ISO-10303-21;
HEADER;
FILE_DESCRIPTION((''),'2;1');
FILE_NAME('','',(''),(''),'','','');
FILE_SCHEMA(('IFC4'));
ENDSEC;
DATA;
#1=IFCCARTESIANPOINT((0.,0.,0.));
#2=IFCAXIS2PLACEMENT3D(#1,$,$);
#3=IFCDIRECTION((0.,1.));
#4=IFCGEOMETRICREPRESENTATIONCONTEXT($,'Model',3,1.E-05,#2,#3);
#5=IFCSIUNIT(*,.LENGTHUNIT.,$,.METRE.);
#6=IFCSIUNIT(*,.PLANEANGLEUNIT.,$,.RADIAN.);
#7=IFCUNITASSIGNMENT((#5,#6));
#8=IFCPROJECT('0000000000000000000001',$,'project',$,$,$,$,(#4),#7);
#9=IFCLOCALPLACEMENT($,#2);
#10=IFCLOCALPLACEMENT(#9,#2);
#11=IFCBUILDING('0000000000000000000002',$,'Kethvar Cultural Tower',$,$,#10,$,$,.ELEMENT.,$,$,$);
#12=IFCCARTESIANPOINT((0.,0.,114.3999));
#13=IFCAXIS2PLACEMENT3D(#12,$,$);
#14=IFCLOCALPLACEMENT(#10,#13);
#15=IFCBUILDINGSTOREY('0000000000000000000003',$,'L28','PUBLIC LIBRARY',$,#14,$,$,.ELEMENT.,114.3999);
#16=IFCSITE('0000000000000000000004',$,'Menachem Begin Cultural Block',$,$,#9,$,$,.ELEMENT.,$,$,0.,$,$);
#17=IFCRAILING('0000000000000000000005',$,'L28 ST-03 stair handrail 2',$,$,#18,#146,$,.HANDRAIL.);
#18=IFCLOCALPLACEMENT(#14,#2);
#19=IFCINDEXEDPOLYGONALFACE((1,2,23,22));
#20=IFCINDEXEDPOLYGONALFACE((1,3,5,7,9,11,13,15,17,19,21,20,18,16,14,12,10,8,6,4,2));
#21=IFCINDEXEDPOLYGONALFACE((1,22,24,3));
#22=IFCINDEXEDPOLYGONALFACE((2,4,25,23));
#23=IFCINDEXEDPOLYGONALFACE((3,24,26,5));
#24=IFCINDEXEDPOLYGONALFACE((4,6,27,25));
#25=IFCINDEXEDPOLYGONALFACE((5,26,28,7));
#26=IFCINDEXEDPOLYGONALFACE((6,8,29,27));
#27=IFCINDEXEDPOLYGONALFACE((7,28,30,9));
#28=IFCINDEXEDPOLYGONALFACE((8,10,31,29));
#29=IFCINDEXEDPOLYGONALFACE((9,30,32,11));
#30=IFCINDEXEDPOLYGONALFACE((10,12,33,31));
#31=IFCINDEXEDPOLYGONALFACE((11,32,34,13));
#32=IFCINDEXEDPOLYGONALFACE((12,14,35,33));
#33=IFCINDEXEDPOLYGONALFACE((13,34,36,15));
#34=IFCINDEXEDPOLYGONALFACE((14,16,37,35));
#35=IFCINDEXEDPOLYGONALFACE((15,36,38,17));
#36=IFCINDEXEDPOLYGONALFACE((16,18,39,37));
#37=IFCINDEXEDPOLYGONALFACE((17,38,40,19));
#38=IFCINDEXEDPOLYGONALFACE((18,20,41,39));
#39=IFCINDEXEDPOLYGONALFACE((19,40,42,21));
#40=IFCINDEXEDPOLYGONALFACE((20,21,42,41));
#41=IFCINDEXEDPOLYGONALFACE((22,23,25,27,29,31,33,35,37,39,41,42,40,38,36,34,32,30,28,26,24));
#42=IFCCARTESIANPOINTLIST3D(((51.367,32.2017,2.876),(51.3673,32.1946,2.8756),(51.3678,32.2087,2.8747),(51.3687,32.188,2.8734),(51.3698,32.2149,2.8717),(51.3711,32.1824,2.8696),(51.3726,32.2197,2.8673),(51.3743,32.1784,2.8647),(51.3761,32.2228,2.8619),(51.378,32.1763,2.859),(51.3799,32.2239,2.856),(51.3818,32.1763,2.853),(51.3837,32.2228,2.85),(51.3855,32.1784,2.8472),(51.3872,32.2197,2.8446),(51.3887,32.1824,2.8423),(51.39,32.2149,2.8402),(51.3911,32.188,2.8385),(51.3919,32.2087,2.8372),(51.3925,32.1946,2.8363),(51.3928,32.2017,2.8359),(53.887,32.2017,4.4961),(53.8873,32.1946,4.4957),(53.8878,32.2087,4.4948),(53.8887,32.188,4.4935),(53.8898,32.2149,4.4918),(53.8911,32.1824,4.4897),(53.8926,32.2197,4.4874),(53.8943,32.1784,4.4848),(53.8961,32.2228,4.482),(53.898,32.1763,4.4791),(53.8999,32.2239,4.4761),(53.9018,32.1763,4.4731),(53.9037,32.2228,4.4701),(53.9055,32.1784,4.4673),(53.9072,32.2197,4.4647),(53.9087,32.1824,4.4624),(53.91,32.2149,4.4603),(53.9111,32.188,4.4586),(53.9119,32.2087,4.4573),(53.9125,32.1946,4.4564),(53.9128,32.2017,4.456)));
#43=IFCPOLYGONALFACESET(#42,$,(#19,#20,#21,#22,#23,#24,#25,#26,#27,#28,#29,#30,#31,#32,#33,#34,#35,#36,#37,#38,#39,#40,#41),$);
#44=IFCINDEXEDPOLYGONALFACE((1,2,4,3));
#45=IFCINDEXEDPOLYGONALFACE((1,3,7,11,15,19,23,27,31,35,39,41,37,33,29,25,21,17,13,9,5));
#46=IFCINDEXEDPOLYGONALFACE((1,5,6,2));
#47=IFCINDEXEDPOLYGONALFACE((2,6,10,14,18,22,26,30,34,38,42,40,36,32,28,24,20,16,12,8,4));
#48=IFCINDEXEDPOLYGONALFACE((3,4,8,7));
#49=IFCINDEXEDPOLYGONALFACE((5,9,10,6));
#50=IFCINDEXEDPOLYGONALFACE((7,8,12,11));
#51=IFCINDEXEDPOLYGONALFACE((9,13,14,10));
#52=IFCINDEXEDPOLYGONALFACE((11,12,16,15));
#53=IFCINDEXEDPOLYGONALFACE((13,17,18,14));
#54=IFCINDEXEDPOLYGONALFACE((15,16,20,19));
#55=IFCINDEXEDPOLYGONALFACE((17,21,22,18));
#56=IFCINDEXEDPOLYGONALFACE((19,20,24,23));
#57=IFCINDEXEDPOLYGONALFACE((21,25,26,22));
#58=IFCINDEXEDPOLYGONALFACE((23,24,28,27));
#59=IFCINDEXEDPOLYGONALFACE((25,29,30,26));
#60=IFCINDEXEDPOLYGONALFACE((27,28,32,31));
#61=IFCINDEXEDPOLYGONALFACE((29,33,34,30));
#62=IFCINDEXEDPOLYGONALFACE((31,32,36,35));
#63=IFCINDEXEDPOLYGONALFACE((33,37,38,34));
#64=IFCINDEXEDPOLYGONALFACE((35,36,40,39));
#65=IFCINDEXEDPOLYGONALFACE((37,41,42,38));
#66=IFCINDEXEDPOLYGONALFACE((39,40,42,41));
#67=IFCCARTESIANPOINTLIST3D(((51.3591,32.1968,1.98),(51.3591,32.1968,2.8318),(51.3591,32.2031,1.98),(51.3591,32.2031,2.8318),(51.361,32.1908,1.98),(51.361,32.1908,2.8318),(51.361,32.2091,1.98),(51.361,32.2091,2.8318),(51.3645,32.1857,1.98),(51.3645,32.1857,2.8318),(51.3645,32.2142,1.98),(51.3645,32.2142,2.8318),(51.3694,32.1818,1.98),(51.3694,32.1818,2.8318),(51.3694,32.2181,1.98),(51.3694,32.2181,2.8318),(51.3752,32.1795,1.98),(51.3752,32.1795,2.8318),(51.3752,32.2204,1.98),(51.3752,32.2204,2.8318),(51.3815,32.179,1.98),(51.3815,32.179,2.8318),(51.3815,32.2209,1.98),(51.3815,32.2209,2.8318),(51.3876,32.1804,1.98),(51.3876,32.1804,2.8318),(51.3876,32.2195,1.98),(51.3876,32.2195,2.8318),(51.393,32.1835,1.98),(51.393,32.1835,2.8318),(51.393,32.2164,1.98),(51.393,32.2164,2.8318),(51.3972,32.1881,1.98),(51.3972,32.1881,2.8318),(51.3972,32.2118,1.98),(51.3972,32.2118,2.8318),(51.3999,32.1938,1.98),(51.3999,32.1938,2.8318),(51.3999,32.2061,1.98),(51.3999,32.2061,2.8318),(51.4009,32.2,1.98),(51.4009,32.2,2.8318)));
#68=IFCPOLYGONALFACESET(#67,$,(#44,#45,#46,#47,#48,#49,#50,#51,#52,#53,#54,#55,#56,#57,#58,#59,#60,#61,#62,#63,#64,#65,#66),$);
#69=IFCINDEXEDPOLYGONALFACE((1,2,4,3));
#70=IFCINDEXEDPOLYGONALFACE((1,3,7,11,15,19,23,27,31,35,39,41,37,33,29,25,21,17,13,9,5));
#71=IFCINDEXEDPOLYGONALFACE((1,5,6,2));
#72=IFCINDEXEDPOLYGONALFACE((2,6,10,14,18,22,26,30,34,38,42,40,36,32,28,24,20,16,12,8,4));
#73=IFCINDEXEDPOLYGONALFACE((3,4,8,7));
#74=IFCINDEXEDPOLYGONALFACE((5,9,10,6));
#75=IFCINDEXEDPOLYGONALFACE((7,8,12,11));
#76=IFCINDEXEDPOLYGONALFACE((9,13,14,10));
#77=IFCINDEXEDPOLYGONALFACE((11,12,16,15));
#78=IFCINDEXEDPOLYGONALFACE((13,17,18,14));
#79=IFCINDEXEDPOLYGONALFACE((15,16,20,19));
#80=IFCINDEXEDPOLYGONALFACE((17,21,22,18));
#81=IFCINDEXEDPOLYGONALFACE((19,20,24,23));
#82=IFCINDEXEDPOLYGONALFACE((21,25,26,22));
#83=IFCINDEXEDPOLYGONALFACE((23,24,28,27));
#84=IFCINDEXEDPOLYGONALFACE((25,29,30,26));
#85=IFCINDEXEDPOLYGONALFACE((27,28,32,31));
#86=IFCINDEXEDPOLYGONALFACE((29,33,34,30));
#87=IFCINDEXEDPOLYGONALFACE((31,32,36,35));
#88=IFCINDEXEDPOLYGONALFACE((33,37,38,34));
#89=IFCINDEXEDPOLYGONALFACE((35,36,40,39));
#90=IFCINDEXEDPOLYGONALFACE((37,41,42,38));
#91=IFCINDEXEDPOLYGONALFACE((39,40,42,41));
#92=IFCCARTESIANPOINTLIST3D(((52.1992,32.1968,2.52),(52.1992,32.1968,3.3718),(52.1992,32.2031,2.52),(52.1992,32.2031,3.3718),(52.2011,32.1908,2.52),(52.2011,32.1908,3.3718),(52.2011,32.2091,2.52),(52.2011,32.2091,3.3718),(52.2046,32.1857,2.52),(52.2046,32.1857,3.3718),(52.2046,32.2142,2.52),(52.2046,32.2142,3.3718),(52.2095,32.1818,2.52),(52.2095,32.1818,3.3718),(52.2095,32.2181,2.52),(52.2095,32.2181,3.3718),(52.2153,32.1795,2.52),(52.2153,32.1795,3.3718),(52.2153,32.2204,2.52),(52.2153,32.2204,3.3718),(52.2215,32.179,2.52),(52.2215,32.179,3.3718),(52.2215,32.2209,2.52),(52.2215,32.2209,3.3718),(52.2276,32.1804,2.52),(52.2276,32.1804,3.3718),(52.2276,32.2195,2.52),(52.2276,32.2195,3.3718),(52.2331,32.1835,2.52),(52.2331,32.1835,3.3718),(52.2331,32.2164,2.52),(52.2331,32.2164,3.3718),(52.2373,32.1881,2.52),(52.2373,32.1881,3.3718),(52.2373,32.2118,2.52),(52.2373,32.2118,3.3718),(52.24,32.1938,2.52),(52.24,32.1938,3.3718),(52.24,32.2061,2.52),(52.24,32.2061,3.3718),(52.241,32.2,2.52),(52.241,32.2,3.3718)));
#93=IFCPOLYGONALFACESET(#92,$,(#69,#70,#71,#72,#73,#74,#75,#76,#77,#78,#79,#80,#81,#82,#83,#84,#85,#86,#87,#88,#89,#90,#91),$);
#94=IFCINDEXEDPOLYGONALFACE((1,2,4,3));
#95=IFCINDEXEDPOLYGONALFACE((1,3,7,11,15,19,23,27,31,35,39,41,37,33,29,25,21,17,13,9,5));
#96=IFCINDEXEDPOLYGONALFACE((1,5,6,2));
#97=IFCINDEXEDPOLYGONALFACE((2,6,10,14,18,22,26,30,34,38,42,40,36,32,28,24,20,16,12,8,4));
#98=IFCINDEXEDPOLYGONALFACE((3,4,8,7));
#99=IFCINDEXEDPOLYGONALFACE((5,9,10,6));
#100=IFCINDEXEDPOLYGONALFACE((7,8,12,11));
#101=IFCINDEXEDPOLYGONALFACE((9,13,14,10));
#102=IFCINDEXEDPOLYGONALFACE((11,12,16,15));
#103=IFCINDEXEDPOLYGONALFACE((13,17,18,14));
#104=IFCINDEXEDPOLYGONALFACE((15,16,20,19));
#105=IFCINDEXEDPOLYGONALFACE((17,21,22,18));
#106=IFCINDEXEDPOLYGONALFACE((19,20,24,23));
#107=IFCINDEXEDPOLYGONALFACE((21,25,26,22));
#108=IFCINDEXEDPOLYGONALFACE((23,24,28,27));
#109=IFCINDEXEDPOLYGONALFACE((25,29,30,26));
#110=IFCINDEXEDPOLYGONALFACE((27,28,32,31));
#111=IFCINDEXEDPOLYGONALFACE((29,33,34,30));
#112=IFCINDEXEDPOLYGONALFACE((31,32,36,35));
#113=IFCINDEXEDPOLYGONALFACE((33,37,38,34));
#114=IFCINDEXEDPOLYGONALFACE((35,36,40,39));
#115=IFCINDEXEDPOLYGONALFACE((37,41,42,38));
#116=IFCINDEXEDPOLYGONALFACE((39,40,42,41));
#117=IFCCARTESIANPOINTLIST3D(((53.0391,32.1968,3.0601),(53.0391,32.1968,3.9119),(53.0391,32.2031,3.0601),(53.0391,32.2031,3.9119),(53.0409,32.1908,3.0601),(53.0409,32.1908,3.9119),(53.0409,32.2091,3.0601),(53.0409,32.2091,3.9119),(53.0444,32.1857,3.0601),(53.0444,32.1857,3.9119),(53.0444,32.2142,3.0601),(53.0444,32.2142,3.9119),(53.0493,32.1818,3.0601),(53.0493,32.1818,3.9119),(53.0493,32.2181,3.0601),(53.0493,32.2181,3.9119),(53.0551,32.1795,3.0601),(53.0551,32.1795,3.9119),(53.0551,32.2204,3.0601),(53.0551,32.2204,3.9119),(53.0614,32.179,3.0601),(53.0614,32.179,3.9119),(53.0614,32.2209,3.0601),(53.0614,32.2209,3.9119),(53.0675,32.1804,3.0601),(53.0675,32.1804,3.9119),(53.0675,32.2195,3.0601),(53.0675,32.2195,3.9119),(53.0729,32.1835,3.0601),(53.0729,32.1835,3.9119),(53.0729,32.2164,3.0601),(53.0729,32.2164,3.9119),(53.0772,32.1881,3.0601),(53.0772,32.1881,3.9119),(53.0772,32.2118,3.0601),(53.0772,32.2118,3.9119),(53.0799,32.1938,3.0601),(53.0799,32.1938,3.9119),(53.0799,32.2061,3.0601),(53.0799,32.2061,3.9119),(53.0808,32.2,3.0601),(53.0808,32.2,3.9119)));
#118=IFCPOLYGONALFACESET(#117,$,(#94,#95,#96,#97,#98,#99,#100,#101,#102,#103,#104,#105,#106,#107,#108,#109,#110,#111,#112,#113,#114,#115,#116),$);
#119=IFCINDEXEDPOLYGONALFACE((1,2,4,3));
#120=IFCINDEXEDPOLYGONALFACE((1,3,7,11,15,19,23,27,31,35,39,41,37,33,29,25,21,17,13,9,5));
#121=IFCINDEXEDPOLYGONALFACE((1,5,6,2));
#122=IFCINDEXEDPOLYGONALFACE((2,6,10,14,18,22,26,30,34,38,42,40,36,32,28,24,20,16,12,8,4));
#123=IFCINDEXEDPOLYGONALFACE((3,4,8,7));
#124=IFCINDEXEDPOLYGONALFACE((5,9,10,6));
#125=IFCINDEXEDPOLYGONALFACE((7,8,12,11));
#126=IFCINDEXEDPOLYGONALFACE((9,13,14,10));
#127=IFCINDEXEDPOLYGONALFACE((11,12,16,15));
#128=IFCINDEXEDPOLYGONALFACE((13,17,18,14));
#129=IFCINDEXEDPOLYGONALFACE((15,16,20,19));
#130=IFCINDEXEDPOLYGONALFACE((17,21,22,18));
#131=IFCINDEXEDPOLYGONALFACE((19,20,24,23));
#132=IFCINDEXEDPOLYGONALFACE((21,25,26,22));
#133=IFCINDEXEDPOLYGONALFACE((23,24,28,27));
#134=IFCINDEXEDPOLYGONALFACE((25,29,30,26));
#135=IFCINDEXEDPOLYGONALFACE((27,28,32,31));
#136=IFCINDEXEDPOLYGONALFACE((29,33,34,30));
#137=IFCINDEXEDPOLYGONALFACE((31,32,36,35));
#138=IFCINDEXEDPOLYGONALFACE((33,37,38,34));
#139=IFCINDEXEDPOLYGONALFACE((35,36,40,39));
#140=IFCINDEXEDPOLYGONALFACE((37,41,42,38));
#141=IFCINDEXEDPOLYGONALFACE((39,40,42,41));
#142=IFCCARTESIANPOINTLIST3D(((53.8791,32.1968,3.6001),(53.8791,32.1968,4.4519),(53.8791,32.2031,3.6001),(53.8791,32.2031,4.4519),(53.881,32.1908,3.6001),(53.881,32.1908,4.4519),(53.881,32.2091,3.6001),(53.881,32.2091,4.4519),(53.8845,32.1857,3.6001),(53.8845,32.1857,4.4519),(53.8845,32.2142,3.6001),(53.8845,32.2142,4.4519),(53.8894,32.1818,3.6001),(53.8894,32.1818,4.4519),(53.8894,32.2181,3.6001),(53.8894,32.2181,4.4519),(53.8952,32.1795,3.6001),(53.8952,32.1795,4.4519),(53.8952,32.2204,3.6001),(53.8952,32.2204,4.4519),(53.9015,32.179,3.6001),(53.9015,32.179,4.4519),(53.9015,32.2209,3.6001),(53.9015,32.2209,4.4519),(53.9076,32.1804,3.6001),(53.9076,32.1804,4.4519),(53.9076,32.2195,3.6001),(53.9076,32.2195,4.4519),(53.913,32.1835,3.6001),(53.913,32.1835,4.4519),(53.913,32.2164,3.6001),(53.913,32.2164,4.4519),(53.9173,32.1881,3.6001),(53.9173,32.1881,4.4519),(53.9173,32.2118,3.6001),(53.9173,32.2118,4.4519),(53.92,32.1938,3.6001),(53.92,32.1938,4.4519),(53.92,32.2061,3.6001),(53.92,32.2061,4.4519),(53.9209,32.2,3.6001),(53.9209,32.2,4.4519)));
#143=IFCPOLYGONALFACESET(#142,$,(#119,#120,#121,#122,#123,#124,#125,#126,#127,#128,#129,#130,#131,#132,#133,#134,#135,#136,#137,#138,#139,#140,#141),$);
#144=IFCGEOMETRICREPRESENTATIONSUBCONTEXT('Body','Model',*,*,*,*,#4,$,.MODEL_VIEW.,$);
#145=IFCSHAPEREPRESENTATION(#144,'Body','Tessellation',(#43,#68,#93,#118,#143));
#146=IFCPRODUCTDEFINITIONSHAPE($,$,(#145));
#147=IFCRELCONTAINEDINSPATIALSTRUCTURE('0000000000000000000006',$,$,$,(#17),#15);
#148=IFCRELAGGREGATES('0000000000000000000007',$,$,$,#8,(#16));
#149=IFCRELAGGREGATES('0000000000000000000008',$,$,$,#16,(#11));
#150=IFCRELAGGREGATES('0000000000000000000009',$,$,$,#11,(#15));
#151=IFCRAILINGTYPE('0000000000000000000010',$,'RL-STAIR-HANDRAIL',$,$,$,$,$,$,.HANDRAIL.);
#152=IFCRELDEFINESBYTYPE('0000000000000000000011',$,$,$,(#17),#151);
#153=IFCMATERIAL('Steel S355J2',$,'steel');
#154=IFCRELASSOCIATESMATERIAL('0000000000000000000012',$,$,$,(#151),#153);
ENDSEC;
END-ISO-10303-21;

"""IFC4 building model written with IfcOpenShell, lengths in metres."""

from ifc_helpers import new_model, si_unit, direction, frame, origin, origin_2d, place, context, subcontext, project, spatial, circle, extrude, material, type_object, element, save


model = new_model("IFC4")

# Units and contexts
model_context = context("Model", 3, precision=1e-05, world=origin(), true_north=direction((0.0, 1.0)))
body_context = subcontext(model_context, "Body", "Model", "MODEL_VIEW")
ifc_project = project(units=[si_unit("LENGTHUNIT", "METRE"), si_unit("PLANEANGLEUNIT", "RADIAN")], contexts=[model_context])

# Site, building, storey
site_placement = place(None, origin())
site = spatial("IfcSite", under=ifc_project, at=site_placement, Name="Menachem Begin Cultural Block", CompositionType="ELEMENT", RefElevation=0.0)
building_placement = place(site_placement, origin())
building = spatial("IfcBuilding", under=site, at=building_placement, Name="Kethvar Cultural Tower", CompositionType="ELEMENT")
storey_placement = place(building_placement, frame((0.0, 0.0, 114.3999)))
storey = spatial("IfcBuildingStorey", under=building, at=storey_placement, Name="L28", Description="PUBLIC LIBRARY", CompositionType="ELEMENT", Elevation=114.3999)

# Shared definitions
ifc_material_1 = material(Name="Steel S355J2", Category="steel")

# Railing
railing_type_1 = type_object("IfcRailingType", Name="RL-STAIR-HANDRAIL", PredefinedType="HANDRAIL", material=ifc_material_1)
railing_1_placement = place(storey_placement, frame((51.3799, 32.2, 1.98)))
element("IfcRailing", 1, at=railing_1_placement, inside=storey, type_object=railing_type_1, Name="L28 ST-03 stair handrail 2", PredefinedType="HANDRAIL", context=body_context, shape_type="SweptSolid", body=[
    extrude(circle(Radius=0.0239, at=origin_2d()), frame((0.0, 0.0, 0.876), z_axis=(0.841163, 0.0, 0.540782), x_axis=(0.0, 1.0, 0.0)), (0.0, 0.0, 1.0), 2.9958),
    extrude(circle(Radius=0.021, at=origin_2d()), origin(), (0.0, 0.0, 1.0), 0.8518),
    extrude(circle(Radius=0.021, at=origin_2d()), frame((0.8401, 0.0, 0.54)), (0.0, 0.0, 1.0), 0.8518),
    extrude(circle(Radius=0.021, at=origin_2d()), frame((1.6799, 0.0, 1.0801)), (0.0, 0.0, 1.0), 0.8518),
    extrude(circle(Radius=0.021, at=origin_2d()), frame((2.52, 0.0, 1.6201)), (0.0, 0.0, 1.0), 0.8518),
])

save(model, "model.ifc")
